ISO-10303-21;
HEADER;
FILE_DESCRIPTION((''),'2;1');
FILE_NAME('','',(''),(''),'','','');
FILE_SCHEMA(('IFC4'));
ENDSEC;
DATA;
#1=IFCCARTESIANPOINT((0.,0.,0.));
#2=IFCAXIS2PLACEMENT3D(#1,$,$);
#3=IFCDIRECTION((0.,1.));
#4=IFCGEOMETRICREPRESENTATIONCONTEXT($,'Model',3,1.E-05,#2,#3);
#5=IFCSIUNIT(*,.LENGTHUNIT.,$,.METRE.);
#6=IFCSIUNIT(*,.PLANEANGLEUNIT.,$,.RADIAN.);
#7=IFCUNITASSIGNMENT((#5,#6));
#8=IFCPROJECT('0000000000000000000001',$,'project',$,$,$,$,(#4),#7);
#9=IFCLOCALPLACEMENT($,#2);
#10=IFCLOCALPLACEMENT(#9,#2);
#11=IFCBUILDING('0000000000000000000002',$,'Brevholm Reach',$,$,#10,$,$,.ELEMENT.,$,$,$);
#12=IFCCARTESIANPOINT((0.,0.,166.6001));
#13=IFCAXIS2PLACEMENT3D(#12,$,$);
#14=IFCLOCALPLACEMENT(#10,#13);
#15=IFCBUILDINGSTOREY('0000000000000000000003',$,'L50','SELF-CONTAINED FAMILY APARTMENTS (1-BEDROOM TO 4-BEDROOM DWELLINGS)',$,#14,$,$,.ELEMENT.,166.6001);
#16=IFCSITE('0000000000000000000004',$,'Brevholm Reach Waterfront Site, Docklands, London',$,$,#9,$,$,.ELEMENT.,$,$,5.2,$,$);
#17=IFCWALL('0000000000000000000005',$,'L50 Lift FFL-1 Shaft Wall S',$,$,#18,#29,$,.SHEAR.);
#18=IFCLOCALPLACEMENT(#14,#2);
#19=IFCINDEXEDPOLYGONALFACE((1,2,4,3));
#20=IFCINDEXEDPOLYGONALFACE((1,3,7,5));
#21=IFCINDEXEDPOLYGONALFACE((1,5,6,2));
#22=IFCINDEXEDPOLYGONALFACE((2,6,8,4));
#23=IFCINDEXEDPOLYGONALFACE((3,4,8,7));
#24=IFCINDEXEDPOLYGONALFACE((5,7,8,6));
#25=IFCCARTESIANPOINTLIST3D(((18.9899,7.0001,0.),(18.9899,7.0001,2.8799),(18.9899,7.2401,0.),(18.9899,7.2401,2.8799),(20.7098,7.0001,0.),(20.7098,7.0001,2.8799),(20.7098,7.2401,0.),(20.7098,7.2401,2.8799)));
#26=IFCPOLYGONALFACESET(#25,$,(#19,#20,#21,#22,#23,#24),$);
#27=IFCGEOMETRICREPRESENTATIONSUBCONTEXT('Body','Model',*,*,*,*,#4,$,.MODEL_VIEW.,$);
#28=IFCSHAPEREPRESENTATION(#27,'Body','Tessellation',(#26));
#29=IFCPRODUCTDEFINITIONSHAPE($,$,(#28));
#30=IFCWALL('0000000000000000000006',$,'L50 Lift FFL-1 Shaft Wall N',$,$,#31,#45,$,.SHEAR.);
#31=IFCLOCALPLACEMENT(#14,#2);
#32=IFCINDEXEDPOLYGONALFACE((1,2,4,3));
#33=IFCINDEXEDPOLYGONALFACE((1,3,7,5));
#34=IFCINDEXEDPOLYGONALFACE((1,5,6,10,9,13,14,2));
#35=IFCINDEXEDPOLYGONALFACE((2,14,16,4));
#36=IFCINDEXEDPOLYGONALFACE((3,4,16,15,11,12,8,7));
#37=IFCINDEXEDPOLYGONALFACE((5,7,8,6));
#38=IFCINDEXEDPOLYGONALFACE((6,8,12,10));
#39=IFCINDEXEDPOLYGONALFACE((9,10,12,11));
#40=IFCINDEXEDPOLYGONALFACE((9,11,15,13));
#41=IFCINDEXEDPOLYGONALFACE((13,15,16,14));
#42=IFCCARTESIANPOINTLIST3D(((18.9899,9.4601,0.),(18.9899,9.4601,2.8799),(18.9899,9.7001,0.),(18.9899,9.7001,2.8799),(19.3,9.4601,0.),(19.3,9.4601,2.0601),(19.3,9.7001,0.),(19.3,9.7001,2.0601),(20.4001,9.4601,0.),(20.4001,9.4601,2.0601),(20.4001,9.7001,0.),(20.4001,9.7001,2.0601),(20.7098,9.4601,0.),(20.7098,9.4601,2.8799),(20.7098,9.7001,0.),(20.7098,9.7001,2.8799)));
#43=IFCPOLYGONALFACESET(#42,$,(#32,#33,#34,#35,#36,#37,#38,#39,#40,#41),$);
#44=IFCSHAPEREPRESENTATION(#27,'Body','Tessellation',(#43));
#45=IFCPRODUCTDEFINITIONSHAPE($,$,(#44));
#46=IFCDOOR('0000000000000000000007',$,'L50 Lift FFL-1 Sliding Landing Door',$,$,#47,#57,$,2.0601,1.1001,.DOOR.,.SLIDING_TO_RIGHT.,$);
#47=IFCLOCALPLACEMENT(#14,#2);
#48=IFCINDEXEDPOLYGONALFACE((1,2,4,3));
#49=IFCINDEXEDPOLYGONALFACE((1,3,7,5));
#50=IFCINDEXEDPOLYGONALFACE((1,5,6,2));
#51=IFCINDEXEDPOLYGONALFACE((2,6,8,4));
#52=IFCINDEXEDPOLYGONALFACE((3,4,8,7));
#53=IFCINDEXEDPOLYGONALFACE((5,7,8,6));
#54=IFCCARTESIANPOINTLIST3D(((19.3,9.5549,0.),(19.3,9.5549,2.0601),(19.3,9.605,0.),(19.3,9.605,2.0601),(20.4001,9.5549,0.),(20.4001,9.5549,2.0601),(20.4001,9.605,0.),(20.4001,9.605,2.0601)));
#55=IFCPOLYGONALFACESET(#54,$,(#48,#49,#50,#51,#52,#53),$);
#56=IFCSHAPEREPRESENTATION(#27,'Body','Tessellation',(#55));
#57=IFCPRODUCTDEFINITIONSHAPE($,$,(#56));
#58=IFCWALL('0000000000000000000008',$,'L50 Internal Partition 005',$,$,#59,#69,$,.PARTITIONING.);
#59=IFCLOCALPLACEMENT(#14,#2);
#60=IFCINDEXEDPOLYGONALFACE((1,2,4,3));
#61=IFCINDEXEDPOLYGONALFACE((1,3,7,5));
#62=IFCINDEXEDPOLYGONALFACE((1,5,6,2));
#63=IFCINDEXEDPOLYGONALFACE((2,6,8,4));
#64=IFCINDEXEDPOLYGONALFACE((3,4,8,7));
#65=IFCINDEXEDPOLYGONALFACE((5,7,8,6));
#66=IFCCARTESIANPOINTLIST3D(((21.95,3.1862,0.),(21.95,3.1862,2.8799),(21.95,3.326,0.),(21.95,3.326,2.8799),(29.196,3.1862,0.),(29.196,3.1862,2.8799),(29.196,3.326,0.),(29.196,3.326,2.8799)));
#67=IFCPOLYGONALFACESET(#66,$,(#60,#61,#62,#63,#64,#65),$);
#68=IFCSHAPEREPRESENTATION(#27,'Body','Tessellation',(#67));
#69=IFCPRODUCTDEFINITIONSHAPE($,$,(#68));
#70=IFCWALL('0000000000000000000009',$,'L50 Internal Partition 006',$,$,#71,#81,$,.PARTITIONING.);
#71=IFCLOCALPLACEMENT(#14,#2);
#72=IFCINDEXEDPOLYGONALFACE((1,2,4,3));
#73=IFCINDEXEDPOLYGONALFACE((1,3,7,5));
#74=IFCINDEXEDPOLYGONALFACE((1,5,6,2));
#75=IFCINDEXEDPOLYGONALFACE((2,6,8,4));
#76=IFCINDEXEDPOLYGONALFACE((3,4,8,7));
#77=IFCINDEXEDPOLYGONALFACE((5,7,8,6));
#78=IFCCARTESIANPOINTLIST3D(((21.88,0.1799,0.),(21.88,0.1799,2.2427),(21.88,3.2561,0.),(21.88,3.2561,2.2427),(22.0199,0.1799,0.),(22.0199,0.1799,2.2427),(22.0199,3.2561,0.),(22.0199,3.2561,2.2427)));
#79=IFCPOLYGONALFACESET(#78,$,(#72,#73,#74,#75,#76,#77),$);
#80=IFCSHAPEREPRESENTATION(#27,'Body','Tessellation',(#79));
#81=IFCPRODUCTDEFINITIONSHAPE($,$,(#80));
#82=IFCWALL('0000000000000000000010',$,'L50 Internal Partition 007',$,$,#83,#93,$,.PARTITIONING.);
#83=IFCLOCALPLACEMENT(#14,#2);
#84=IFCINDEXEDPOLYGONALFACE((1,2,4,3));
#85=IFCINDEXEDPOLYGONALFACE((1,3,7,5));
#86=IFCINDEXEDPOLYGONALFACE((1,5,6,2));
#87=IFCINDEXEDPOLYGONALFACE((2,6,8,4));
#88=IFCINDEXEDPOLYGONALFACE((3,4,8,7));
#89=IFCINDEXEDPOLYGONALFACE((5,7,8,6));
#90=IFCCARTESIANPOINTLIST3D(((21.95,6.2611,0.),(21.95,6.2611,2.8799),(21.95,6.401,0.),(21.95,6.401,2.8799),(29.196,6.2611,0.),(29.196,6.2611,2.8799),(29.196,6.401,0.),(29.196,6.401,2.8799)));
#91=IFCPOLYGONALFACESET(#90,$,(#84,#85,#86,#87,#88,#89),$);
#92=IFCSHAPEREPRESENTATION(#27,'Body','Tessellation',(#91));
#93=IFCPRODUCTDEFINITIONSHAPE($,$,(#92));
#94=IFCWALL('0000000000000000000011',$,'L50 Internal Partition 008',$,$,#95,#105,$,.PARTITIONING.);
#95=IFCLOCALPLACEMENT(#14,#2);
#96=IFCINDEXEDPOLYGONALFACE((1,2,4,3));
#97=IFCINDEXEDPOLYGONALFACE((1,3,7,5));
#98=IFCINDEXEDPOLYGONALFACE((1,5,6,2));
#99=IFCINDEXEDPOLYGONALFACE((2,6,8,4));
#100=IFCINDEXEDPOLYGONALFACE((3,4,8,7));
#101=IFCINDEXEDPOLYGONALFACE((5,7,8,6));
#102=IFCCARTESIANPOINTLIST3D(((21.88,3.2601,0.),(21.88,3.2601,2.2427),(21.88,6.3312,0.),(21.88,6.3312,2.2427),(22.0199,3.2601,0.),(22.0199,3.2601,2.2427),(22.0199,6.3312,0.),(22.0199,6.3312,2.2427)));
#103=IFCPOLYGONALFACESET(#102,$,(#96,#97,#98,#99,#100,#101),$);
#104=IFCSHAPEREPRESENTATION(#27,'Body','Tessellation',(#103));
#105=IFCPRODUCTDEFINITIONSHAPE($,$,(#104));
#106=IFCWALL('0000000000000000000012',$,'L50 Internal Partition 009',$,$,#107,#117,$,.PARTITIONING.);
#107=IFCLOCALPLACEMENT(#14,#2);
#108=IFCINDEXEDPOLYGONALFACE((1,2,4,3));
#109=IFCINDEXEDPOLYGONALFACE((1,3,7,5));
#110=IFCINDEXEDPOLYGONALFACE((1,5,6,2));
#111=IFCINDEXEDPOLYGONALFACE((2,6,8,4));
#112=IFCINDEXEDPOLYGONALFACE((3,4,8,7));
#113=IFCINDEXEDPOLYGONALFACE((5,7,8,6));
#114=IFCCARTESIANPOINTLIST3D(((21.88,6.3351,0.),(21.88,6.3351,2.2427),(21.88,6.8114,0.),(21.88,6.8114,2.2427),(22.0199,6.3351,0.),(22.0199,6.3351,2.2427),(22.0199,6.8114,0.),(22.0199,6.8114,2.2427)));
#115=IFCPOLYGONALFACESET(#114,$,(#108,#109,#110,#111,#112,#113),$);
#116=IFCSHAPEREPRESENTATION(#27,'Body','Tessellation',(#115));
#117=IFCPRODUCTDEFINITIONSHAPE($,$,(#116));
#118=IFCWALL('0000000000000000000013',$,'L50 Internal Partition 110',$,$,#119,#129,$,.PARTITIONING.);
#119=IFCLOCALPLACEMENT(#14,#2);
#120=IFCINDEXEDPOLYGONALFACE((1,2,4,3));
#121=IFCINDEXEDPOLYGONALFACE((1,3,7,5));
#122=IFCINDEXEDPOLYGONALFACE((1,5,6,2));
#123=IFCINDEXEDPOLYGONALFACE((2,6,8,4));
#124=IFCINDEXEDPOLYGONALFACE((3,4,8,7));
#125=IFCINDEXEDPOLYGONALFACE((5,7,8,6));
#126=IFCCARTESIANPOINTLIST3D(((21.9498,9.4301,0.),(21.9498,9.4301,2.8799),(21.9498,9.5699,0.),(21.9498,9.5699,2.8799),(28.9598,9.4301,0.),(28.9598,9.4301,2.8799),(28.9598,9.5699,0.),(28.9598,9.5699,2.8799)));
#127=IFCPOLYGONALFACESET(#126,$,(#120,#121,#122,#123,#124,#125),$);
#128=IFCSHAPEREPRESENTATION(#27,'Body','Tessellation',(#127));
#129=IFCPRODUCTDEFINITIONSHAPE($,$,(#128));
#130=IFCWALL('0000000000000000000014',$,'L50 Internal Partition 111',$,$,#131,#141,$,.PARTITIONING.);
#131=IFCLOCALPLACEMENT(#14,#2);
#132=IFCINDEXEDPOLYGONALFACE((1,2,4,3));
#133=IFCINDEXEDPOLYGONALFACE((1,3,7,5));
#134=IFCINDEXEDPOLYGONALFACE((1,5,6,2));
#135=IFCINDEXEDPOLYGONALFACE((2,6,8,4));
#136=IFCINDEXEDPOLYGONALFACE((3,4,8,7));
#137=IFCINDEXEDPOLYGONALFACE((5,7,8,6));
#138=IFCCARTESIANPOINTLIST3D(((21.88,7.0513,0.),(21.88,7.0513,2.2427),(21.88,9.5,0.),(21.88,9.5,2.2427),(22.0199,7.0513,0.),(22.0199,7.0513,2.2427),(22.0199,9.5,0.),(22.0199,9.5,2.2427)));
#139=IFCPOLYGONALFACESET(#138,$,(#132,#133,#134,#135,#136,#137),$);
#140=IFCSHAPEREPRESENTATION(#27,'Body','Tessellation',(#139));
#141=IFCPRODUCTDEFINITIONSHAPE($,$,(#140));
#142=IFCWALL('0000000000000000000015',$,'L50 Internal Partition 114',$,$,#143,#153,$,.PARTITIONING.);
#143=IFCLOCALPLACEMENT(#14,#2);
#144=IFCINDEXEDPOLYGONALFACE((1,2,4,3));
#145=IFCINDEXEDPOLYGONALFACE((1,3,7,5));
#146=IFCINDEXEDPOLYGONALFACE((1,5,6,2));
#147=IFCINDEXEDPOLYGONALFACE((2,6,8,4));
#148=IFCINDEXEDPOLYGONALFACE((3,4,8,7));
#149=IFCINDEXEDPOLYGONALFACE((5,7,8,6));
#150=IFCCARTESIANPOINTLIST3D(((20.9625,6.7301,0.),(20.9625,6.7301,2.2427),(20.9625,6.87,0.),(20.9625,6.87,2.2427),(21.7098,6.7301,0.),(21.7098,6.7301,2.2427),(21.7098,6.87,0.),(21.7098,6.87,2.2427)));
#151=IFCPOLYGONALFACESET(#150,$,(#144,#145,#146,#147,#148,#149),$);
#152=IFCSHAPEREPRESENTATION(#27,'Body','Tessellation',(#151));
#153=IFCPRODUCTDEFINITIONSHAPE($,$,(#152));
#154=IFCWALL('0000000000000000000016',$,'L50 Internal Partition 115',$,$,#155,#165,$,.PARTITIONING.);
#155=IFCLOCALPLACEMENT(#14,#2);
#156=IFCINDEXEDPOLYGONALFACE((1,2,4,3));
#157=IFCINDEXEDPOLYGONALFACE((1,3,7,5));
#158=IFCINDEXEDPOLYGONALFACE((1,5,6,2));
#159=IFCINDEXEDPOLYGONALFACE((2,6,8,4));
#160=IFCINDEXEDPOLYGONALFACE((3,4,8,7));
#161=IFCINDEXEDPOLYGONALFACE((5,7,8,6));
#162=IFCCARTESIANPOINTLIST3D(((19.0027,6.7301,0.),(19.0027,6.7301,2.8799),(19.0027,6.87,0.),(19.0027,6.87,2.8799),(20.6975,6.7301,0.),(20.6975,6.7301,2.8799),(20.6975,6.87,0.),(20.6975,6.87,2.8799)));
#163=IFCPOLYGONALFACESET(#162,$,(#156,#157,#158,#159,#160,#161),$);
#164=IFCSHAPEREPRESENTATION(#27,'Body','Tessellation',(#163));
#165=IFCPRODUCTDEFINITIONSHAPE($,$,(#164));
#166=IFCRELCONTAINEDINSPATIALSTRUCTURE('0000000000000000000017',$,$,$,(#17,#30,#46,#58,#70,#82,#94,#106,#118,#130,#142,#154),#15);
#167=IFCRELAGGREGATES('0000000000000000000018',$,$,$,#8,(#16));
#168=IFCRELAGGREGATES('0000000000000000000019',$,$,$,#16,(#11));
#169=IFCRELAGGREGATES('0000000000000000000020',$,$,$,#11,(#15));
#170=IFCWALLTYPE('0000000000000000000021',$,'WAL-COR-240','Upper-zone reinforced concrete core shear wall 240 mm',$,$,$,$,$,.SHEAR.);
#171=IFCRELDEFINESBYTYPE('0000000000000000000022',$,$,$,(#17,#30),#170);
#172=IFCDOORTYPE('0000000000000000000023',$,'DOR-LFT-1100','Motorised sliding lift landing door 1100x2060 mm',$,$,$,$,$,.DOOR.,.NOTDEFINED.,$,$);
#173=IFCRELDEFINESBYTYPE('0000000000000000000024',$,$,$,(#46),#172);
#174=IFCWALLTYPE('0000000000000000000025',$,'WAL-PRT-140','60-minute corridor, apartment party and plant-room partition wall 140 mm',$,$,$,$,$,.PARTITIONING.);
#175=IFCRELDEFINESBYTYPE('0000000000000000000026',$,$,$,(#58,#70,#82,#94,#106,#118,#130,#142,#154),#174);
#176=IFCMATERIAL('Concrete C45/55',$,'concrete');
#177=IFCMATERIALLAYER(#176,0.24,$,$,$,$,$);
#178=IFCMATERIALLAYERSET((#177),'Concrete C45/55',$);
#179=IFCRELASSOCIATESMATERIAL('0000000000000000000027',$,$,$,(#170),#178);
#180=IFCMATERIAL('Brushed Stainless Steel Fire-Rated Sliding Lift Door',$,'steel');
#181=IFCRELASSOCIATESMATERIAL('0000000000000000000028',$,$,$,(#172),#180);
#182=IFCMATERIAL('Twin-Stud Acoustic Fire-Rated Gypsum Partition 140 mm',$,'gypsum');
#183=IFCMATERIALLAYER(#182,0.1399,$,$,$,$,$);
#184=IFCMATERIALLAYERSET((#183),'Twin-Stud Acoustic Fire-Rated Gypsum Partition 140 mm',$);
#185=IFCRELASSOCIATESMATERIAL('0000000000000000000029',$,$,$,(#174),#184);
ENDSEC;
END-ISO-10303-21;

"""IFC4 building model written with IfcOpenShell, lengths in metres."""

from ifc_helpers import new_model, si_unit, direction, frame, frame_2d, origin, place, context, subcontext, project, spatial, rectangle, extrude, material, layer, layer_set, type_object, element, fill, save


model = new_model("IFC4")

# Units and contexts
model_context = context("Model", 3, precision=1e-05, world=origin(), true_north=direction((0.0, 1.0)))
body_context = subcontext(model_context, "Body", "Model", "MODEL_VIEW")
ifc_project = project(units=[si_unit("LENGTHUNIT", "METRE"), si_unit("PLANEANGLEUNIT", "RADIAN")], contexts=[model_context])

# Site, building, storey
site_placement = place(None, origin())
site = spatial("IfcSite", under=ifc_project, at=site_placement, Name="Brevholm Reach Waterfront Site, Docklands, London", CompositionType="ELEMENT", RefElevation=5.2)
building_placement = place(site_placement, origin())
building = spatial("IfcBuilding", under=site, at=building_placement, Name="Brevholm Reach", CompositionType="ELEMENT")
storey_placement = place(building_placement, frame((0.0, 0.0, 166.6001)))
storey = spatial("IfcBuildingStorey", under=building, at=storey_placement, Name="L50", Description="SELF-CONTAINED FAMILY APARTMENTS (1-BEDROOM TO 4-BEDROOM DWELLINGS)", CompositionType="ELEMENT", Elevation=166.6001)

# Wall
ifc_material_1 = material(Name="Concrete C45/55", Category="concrete")
ifc_layer_1 = layer(ifc_material_1, 0.24)
ifc_layer_set_1 = layer_set([ifc_layer_1], Name="Concrete C45/55")
wall_type_1 = type_object("IfcWallType", Name="WAL-COR-240", Description="Upper-zone reinforced concrete core shear wall 240 mm", PredefinedType="SHEAR", material=ifc_layer_set_1)
wall_1_placement = place(storey_placement, frame((18.99, 7.1201, 0.0), z_axis=(0.0, 0.0, 1.0), x_axis=(1.0, 0.0, 0.0)))
element("IfcWall", 1, at=wall_1_placement, inside=storey, type_object=wall_type_1, Name="L50 Lift FFL-1 Shaft Wall S", PredefinedType="SHEAR", context=body_context, shape_type="SweptSolid", body=[
    extrude(rectangle(XDim=1.72, YDim=0.24, at=frame_2d((0.8599, 0.0))), origin(), (0.0, 0.0, 1.0), 2.8799),
])

# Wall, opening, door
wall_2_placement = place(storey_placement, frame((18.99, 9.5801, 0.0), z_axis=(0.0, 0.0, 1.0), x_axis=(1.0, 0.0, 0.0)))
wall_2 = element("IfcWall", 2, at=wall_2_placement, inside=storey, type_object=wall_type_1, Name="L50 Lift FFL-1 Shaft Wall N", PredefinedType="SHEAR", context=body_context, shape_type="SweptSolid", body=[
    extrude(rectangle(XDim=1.72, YDim=0.24, at=frame_2d((0.8599, 0.0))), origin(), (0.0, 0.0, 1.0), 2.8799),
])
opening_1_placement = place(wall_2_placement, frame((0.3101, 0.0, 0.0)))
opening_1 = element("IfcOpeningElement", 3, at=opening_1_placement, cuts=wall_2, PredefinedType="OPENING", context=body_context, shape_type="SweptSolid", body=[
    extrude(rectangle(XDim=1.1001, YDim=2.0601, at=frame_2d((0.55, 1.03))), frame((0.0, 0.1299, 0.0), z_axis=(0.0, -1.0, 0.0), x_axis=(1.0, 0.0, 0.0)), (0.0, 0.0, 1.0), 0.26),
])
ifc_material_2 = material(Name="Brushed Stainless Steel Fire-Rated Sliding Lift Door", Category="steel")
door_type_1 = type_object("IfcDoorType", Name="DOR-LFT-1100", Description="Motorised sliding lift landing door 1100x2060 mm", OperationType="NOTDEFINED", PredefinedType="DOOR", material=ifc_material_2)
door_1_placement = place(opening_1_placement, origin())
door_1 = element("IfcDoor", 4, at=door_1_placement, inside=storey, type_object=door_type_1, Name="L50 Lift FFL-1 Sliding Landing Door", OperationType="SLIDING_TO_RIGHT", OverallHeight=2.0601, OverallWidth=1.1001, PredefinedType="DOOR", context=body_context, shape_type="SweptSolid", body=[
    extrude(rectangle(XDim=1.1001, YDim=2.0601, at=frame_2d((0.55, 1.03))), frame((0.0, 0.0249, 0.0), z_axis=(0.0, -1.0, 0.0), x_axis=(1.0, 0.0, 0.0)), (0.0, 0.0, 1.0), 0.05),
])
fill(opening_1, door_1)

# Walls
ifc_material_3 = material(Name="Twin-Stud Acoustic Fire-Rated Gypsum Partition 140 mm", Category="gypsum")
ifc_layer_2 = layer(ifc_material_3, 0.1399)
ifc_layer_set_2 = layer_set([ifc_layer_2], Name="Twin-Stud Acoustic Fire-Rated Gypsum Partition 140 mm")
wall_type_2 = type_object("IfcWallType", Name="WAL-PRT-140", Description="60-minute corridor, apartment party and plant-room partition wall 140 mm", PredefinedType="PARTITIONING", material=ifc_layer_set_2)
wall_3_placement = place(storey_placement, frame((21.95, 3.2561, 0.0), z_axis=(0.0, 0.0, 1.0), x_axis=(1.0, 0.0, 0.0)))
element("IfcWall", 5, at=wall_3_placement, inside=storey, type_object=wall_type_2, Name="L50 Internal Partition 005", PredefinedType="PARTITIONING", context=body_context, shape_type="SweptSolid", body=[
    extrude(rectangle(XDim=7.2461, YDim=0.1399, at=frame_2d((3.623, 0.0))), origin(), (0.0, 0.0, 1.0), 2.8799),
])
wall_4_placement = place(storey_placement, frame((21.95, 0.1799, 0.0), z_axis=(0.0, 0.0, 1.0), x_axis=(0.0, 1.0, 0.0)))
element("IfcWall", 6, at=wall_4_placement, inside=storey, type_object=wall_type_2, Name="L50 Internal Partition 006", PredefinedType="PARTITIONING", context=body_context, shape_type="SweptSolid", body=[
    extrude(rectangle(XDim=3.0762, YDim=0.1399, at=frame_2d((1.5381, 0.0))), origin(), (0.0, 0.0, 1.0), 2.2427),
])
wall_5_placement = place(storey_placement, frame((21.95, 6.3311, 0.0), z_axis=(0.0, 0.0, 1.0), x_axis=(1.0, 0.0, 0.0)))
element("IfcWall", 7, at=wall_5_placement, inside=storey, type_object=wall_type_2, Name="L50 Internal Partition 007", PredefinedType="PARTITIONING", context=body_context, shape_type="SweptSolid", body=[
    extrude(rectangle(XDim=7.2461, YDim=0.1399, at=frame_2d((3.623, 0.0))), origin(), (0.0, 0.0, 1.0), 2.8799),
])
wall_6_placement = place(storey_placement, frame((21.95, 3.26, 0.0), z_axis=(0.0, 0.0, 1.0), x_axis=(0.0, 1.0, 0.0)))
element("IfcWall", 8, at=wall_6_placement, inside=storey, type_object=wall_type_2, Name="L50 Internal Partition 008", PredefinedType="PARTITIONING", context=body_context, shape_type="SweptSolid", body=[
    extrude(rectangle(XDim=3.071, YDim=0.1399, at=frame_2d((1.5356, 0.0))), origin(), (0.0, 0.0, 1.0), 2.2427),
])
wall_7_placement = place(storey_placement, frame((21.95, 6.335, 0.0), z_axis=(0.0, 0.0, 1.0), x_axis=(0.0, 1.0, 0.0)))
element("IfcWall", 9, at=wall_7_placement, inside=storey, type_object=wall_type_2, Name="L50 Internal Partition 009", PredefinedType="PARTITIONING", context=body_context, shape_type="SweptSolid", body=[
    extrude(rectangle(XDim=0.4763, YDim=0.1399, at=frame_2d((0.2383, 0.0))), origin(), (0.0, 0.0, 1.0), 2.2427),
])
wall_8_placement = place(storey_placement, frame((21.95, 9.5, 0.0), z_axis=(0.0, 0.0, 1.0), x_axis=(1.0, 0.0, 0.0)))
element("IfcWall", 10, at=wall_8_placement, inside=storey, type_object=wall_type_2, Name="L50 Internal Partition 110", PredefinedType="PARTITIONING", context=body_context, shape_type="SweptSolid", body=[
    extrude(rectangle(XDim=7.01, YDim=0.1399, at=frame_2d((3.5049, 0.0))), origin(), (0.0, 0.0, 1.0), 2.8799),
])
wall_9_placement = place(storey_placement, frame((21.95, 7.0513, 0.0), z_axis=(0.0, 0.0, 1.0), x_axis=(0.0, 1.0, 0.0)))
element("IfcWall", 11, at=wall_9_placement, inside=storey, type_object=wall_type_2, Name="L50 Internal Partition 111", PredefinedType="PARTITIONING", context=body_context, shape_type="SweptSolid", body=[
    extrude(rectangle(XDim=2.4487, YDim=0.1399, at=frame_2d((1.2244, 0.0))), origin(), (0.0, 0.0, 1.0), 2.2427),
])
wall_10_placement = place(storey_placement, frame((20.9626, 6.8, 0.0), z_axis=(0.0, 0.0, 1.0), x_axis=(1.0, 0.0, 0.0)))
element("IfcWall", 12, at=wall_10_placement, inside=storey, type_object=wall_type_2, Name="L50 Internal Partition 114", PredefinedType="PARTITIONING", context=body_context, shape_type="SweptSolid", body=[
    extrude(rectangle(XDim=0.7473, YDim=0.1399, at=frame_2d((0.3735, 0.0))), origin(), (0.0, 0.0, 1.0), 2.2427),
])
wall_11_placement = place(storey_placement, frame((19.0027, 6.8, 0.0), z_axis=(0.0, 0.0, 1.0), x_axis=(1.0, 0.0, 0.0)))
element("IfcWall", 13, at=wall_11_placement, inside=storey, type_object=wall_type_2, Name="L50 Internal Partition 115", PredefinedType="PARTITIONING", context=body_context, shape_type="SweptSolid", body=[
    extrude(rectangle(XDim=1.6948, YDim=0.1399, at=frame_2d((0.8474, 0.0))), origin(), (0.0, 0.0, 1.0), 2.8799),
])

save(model, "model.ifc")
